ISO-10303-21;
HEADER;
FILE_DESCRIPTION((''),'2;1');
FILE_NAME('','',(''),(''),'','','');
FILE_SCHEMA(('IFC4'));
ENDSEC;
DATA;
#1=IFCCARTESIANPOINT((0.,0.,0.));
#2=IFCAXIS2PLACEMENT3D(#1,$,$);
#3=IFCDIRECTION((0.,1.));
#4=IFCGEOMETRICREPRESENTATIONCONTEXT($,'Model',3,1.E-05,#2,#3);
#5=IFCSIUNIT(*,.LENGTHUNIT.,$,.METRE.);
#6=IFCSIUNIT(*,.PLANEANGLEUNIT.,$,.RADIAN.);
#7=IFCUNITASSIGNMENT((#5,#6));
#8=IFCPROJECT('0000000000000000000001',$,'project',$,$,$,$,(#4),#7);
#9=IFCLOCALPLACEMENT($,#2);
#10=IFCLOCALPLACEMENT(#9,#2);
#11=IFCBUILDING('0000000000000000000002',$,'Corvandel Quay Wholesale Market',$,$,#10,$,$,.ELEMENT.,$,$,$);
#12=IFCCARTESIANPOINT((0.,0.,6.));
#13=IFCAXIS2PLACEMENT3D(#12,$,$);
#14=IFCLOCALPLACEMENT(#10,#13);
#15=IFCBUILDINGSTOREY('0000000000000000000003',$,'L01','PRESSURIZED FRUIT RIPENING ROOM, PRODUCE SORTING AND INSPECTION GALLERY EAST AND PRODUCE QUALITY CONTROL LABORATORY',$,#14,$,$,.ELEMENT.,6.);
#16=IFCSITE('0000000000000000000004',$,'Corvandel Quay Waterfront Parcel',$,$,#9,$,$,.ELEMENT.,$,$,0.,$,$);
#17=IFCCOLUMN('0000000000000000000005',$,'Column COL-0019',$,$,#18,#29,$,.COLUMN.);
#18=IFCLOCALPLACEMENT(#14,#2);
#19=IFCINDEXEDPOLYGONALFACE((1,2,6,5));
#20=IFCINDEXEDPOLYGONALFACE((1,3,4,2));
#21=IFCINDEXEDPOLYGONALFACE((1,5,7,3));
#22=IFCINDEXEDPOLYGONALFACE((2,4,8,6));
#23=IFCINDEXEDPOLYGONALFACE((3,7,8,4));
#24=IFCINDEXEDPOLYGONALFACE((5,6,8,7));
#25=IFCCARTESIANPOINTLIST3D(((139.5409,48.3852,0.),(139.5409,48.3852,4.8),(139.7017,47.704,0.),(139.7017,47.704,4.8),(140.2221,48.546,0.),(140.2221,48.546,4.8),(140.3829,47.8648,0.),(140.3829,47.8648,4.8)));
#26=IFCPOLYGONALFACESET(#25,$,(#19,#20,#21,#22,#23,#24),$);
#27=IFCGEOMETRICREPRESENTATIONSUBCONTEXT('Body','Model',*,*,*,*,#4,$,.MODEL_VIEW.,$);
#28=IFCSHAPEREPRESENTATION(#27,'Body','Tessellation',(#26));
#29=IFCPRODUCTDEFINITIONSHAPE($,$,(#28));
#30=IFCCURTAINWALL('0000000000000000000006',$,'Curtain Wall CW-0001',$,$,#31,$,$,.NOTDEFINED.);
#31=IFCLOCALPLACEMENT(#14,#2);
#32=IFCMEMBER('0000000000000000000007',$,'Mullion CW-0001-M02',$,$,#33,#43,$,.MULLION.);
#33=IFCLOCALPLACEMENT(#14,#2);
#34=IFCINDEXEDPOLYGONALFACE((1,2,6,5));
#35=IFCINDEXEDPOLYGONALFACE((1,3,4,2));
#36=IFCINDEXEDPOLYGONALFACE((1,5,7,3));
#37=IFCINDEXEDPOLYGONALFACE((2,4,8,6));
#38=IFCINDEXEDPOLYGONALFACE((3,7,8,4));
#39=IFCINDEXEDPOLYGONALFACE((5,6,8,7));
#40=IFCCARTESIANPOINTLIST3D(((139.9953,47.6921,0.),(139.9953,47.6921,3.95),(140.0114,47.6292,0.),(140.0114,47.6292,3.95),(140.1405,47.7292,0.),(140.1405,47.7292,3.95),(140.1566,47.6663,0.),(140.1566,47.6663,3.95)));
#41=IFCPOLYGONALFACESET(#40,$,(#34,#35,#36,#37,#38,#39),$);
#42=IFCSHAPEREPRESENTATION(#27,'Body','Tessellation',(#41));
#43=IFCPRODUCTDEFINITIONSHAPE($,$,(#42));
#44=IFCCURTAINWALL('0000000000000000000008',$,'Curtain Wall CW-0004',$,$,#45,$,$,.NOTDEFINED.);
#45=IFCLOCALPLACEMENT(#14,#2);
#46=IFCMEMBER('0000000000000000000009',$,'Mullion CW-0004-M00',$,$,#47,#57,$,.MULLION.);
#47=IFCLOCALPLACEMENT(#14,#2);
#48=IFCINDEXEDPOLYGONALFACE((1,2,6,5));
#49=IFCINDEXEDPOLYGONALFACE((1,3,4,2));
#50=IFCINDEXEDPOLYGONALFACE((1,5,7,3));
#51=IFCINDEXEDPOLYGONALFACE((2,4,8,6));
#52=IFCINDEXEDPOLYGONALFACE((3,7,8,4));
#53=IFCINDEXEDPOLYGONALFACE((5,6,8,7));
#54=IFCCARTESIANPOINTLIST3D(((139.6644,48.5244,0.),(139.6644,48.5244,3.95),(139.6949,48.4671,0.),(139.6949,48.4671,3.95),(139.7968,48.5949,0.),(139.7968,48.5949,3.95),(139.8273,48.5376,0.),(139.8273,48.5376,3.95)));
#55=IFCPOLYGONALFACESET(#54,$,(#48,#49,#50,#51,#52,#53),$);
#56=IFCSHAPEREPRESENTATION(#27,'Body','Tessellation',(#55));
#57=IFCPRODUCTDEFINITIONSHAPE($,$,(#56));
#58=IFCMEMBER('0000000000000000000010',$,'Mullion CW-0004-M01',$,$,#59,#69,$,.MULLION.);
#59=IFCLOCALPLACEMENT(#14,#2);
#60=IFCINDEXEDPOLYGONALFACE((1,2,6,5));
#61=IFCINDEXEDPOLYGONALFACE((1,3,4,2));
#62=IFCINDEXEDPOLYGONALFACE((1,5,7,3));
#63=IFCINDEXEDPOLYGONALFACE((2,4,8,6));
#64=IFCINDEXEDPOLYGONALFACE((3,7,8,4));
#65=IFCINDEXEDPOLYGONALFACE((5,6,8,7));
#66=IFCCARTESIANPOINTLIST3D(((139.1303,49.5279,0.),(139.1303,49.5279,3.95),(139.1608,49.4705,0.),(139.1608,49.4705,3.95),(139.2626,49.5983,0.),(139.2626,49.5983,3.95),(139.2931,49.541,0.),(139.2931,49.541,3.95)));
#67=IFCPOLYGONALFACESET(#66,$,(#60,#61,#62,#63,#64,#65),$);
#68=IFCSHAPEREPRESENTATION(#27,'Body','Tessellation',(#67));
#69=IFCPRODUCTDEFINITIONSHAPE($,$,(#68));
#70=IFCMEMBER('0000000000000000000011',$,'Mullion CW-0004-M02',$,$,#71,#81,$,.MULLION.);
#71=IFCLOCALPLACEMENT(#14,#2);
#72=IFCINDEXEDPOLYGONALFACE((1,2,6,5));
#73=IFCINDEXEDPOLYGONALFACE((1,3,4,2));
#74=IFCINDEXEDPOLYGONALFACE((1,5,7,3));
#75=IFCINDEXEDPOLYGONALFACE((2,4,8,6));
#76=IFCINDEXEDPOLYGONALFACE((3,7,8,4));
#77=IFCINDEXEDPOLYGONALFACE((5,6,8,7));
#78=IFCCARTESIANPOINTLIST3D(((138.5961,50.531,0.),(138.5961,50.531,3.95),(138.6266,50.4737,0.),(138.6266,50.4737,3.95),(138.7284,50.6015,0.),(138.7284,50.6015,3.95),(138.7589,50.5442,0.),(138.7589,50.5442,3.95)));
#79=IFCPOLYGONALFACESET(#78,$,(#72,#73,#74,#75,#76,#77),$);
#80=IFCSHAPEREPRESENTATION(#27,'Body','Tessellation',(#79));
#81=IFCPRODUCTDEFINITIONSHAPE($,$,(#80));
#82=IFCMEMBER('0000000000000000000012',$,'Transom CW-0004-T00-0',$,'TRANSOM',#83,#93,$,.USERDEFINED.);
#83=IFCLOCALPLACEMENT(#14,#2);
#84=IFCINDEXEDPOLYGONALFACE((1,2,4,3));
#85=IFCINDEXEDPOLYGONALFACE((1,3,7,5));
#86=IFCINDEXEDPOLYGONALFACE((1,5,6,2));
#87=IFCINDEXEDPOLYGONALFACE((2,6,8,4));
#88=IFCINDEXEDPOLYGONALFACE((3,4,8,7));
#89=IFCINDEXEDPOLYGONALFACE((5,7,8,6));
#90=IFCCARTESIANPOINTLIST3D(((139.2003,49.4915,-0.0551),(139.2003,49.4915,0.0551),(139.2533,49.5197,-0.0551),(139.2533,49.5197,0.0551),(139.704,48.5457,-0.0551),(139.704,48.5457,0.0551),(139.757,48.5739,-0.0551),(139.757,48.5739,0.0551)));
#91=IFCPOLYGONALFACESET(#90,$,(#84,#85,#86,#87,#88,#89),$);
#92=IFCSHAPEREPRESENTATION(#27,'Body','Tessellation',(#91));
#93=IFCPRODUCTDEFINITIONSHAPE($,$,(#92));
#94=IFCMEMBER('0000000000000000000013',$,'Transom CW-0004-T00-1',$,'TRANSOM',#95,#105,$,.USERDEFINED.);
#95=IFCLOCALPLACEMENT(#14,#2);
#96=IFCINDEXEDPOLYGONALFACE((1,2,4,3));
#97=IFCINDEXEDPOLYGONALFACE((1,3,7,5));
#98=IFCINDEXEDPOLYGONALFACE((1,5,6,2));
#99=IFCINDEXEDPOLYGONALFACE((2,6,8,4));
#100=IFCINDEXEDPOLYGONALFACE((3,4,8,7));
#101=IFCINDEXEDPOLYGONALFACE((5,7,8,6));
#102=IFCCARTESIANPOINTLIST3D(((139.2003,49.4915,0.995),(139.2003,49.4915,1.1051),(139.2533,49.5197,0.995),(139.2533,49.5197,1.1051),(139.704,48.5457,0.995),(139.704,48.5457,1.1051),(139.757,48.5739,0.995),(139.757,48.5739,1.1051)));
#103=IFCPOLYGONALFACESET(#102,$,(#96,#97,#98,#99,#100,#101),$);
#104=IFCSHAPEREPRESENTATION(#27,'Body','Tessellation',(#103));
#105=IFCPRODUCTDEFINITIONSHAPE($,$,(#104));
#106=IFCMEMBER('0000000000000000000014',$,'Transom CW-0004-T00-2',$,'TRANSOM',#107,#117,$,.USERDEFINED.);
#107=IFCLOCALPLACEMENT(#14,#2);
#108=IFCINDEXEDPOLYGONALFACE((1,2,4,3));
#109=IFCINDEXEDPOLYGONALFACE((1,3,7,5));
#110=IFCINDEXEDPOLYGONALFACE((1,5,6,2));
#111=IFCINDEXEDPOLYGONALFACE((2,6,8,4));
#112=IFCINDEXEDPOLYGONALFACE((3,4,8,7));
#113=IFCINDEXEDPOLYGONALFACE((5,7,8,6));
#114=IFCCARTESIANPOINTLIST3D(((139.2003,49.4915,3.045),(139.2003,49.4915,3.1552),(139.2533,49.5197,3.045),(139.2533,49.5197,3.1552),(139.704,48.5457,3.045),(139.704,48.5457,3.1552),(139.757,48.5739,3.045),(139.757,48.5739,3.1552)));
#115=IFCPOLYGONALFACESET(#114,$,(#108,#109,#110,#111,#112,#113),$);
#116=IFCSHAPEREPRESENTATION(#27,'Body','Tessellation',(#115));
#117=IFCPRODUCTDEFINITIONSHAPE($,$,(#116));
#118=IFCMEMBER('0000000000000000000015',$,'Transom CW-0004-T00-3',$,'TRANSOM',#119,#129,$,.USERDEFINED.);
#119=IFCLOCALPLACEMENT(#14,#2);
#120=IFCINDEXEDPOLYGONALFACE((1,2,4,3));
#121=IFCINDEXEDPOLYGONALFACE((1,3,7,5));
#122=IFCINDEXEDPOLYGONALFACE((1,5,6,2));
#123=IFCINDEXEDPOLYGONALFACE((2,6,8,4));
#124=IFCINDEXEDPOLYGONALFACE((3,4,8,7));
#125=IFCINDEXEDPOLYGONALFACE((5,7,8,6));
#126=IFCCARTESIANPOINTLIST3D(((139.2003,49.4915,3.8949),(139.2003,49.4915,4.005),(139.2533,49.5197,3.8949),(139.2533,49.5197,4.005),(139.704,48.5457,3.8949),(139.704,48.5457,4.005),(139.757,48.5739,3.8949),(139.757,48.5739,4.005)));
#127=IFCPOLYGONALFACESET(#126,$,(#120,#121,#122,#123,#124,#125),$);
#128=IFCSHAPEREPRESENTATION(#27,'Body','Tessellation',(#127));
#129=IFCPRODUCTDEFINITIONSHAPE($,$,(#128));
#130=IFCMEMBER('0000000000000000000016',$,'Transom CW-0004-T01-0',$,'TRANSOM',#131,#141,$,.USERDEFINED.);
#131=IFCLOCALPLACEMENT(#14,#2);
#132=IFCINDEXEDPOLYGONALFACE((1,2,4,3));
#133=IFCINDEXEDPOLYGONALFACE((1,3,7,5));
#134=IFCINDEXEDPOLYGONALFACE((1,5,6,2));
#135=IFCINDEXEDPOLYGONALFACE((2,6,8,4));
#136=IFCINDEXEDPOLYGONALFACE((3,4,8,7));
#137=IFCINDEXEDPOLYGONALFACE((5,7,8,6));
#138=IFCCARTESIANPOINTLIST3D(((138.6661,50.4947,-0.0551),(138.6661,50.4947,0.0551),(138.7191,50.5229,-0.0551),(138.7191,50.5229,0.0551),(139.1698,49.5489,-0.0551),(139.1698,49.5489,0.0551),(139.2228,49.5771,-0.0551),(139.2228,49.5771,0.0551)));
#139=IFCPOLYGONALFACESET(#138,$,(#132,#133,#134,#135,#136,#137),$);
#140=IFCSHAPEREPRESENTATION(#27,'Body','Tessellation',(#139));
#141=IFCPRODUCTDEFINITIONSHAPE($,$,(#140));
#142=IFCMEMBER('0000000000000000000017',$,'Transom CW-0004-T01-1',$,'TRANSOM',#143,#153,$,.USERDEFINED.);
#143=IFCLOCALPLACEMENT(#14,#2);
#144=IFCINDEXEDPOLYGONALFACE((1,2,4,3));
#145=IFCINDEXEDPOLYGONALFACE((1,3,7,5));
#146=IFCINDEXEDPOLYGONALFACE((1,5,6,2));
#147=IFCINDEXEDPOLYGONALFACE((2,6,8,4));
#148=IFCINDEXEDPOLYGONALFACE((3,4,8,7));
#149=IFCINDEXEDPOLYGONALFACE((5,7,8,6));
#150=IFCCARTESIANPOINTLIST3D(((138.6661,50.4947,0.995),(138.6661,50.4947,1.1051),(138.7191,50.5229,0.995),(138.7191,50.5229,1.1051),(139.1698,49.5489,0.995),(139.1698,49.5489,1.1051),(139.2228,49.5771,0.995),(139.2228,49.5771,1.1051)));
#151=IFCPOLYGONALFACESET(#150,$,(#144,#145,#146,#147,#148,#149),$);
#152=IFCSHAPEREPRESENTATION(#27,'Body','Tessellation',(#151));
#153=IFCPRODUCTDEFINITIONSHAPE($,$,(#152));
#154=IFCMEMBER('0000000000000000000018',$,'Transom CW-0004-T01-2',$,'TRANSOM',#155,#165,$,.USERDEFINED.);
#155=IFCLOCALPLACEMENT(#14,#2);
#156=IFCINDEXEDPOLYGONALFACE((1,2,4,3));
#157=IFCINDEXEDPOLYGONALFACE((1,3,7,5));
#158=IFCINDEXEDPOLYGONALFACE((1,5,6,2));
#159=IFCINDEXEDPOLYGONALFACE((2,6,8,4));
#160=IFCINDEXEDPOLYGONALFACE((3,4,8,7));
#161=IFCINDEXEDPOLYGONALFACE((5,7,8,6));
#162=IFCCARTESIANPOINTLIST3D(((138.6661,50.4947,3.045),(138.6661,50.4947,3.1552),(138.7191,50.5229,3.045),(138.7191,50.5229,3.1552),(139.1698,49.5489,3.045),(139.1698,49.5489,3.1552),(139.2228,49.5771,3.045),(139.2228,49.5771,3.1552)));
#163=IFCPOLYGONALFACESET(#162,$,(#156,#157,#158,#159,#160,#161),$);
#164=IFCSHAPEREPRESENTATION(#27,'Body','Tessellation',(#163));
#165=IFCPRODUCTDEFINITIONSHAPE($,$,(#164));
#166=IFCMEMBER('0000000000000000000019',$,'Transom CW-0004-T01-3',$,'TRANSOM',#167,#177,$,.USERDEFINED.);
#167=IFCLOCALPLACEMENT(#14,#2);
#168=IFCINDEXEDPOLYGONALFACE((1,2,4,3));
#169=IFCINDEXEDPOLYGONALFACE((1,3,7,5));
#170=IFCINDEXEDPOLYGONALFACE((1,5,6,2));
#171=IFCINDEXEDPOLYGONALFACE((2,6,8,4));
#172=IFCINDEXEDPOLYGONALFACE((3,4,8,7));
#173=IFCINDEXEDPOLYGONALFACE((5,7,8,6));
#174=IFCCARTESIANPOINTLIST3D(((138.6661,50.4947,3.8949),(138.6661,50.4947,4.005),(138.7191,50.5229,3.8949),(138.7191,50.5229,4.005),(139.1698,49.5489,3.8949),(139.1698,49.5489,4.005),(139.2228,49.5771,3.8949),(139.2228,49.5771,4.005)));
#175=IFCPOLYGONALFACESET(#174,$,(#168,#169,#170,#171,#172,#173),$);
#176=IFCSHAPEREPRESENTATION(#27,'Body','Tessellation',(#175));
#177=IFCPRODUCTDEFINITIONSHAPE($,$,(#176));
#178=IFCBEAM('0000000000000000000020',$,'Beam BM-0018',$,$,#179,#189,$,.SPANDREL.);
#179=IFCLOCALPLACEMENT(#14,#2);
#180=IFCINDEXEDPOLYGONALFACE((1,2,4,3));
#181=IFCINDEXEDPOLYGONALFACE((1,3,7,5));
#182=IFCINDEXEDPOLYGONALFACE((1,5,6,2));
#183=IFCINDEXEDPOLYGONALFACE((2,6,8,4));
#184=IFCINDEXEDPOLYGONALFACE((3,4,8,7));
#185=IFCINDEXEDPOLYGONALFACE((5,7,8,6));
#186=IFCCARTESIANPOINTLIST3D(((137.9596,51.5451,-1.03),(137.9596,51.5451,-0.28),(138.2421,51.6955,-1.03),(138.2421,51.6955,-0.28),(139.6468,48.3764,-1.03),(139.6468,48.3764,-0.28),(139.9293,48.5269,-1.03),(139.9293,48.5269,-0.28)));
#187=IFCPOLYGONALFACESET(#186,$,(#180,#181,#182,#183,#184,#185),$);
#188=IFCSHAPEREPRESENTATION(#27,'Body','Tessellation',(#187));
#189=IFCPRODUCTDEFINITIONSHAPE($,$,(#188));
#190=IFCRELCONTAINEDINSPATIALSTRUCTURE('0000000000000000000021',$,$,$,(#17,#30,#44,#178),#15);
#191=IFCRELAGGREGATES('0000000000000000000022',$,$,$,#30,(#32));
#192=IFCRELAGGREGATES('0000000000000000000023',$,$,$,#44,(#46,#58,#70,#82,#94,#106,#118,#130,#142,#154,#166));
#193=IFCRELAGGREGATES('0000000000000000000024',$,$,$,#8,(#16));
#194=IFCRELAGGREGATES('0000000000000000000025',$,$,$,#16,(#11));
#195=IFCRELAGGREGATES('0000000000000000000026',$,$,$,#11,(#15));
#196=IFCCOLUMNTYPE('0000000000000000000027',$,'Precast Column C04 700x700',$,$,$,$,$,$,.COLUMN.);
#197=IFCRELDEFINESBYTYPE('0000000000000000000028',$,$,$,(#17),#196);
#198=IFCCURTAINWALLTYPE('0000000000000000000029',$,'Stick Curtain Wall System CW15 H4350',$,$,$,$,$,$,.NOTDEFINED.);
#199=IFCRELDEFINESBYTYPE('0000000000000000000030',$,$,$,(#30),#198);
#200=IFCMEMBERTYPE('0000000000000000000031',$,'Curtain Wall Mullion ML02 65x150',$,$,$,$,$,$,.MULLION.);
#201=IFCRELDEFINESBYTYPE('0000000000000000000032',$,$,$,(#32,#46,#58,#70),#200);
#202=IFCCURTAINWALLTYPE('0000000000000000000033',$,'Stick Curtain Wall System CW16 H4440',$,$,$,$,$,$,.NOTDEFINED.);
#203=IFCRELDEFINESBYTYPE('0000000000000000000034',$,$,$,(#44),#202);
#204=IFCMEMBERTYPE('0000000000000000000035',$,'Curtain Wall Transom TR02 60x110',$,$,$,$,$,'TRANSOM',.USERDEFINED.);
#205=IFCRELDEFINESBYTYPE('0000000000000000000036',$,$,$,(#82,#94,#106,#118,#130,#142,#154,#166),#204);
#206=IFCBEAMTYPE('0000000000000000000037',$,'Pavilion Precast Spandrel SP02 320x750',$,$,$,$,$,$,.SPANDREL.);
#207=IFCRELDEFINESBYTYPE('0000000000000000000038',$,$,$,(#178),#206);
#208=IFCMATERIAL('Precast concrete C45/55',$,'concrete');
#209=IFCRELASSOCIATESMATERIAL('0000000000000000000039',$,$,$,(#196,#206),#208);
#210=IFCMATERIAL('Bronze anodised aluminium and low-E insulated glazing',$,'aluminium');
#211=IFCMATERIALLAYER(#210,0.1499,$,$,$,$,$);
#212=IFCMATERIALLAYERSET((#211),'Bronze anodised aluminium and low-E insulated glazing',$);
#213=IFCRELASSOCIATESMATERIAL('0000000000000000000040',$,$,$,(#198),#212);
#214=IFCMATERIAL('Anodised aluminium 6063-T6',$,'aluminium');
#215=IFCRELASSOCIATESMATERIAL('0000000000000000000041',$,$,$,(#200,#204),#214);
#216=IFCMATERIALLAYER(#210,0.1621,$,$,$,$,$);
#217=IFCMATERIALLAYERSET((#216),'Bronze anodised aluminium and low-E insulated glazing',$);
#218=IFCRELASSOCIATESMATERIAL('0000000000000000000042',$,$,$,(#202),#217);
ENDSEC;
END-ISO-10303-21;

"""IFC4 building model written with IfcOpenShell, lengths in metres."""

from ifc_helpers import new_model, si_unit, direction, frame, origin, origin_2d, place, context, subcontext, project, spatial, rectangle, extrude, material, layer, layer_set, material_profile, profile_set, type_object, element, aggregate, save


model = new_model("IFC4")

# Units and contexts
model_context = context("Model", 3, precision=1e-05, world=origin(), true_north=direction((0.0, 1.0)))
body_context = subcontext(model_context, "Body", "Model", "MODEL_VIEW")
ifc_project = project(units=[si_unit("LENGTHUNIT", "METRE"), si_unit("PLANEANGLEUNIT", "RADIAN")], contexts=[model_context])

# Site, building, storey
site_placement = place(None, origin())
site = spatial("IfcSite", under=ifc_project, at=site_placement, Name="Corvandel Quay Waterfront Parcel", CompositionType="ELEMENT", RefElevation=0.0)
building_placement = place(site_placement, origin())
building = spatial("IfcBuilding", under=site, at=building_placement, Name="Corvandel Quay Wholesale Market", CompositionType="ELEMENT")
storey_placement = place(building_placement, frame((0.0, 0.0, 6.0)))
storey = spatial("IfcBuildingStorey", under=building, at=storey_placement, Name="L01", Description="PRESSURIZED FRUIT RIPENING ROOM, PRODUCE SORTING AND INSPECTION GALLERY EAST AND PRODUCE QUALITY CONTROL LABORATORY", CompositionType="ELEMENT", Elevation=6.0)

# Column
ifc_material_1 = material(Name="Precast concrete C45/55", Category="concrete")
ifc_material_profile_1 = material_profile(ifc_material_1, rectangle(XDim=0.7, YDim=0.7, at=origin_2d()), Name="PC-COL-700x700")
ifc_profile_set_1 = profile_set([ifc_material_profile_1], Name="Precast concrete C45/55")
column_type = type_object("IfcColumnType", Name="Precast Column C04 700x700", PredefinedType="COLUMN", material=ifc_profile_set_1)
column_placement = place(storey_placement, frame((139.9619, 48.125, 0.0), z_axis=(0.0, 0.0, 1.0), x_axis=(-0.22971, 0.973259, 0.0)))
element("IfcColumn", 1, at=column_placement, inside=storey, type_object=column_type, Name="Column COL-0019", PredefinedType="COLUMN", context=body_context, shape_type="SweptSolid", body=[
    extrude(rectangle(XDim=0.7, YDim=0.7, at=origin_2d()), origin(), (0.0, 0.0, 1.0), 4.8),
])

# Curtain wall, member
ifc_material_2 = material(Name="Bronze anodised aluminium and low-E insulated glazing", Category="aluminium")
ifc_layer_1 = layer(ifc_material_2, 0.1499)
ifc_layer_set_1 = layer_set([ifc_layer_1], Name="Bronze anodised aluminium and low-E insulated glazing")
curtain_wall_type_1 = type_object("IfcCurtainWallType", Name="Stick Curtain Wall System CW15 H4350", PredefinedType="NOTDEFINED", material=ifc_layer_set_1)
curtain_wall_1_placement = place(storey_placement, origin())
curtain_wall_1 = element("IfcCurtainWall", 2, at=curtain_wall_1_placement, inside=storey, type_object=curtain_wall_type_1, Name="Curtain Wall CW-0001", PredefinedType="NOTDEFINED")
ifc_material_3 = material(Name="Anodised aluminium 6063-T6", Category="aluminium")
ifc_material_profile_2 = material_profile(ifc_material_3, rectangle(XDim=0.0649, YDim=0.1499, at=origin_2d()), Name="ALU-MUL-65x150")
ifc_profile_set_2 = profile_set([ifc_material_profile_2], Name="Anodised aluminium 6063-T6")
member_type_1 = type_object("IfcMemberType", Name="Curtain Wall Mullion ML02 65x150", PredefinedType="MULLION", material=ifc_profile_set_2)
member_1_placement = place(storey_placement, frame((140.0759, 47.6792, 0.0), z_axis=(0.0, 0.0, 1.0), x_axis=(-0.247845, 0.9688, 0.0)))
member_1 = element("IfcMember", 3, at=member_1_placement, type_object=member_type_1, Name="Mullion CW-0001-M02", PredefinedType="MULLION", context=body_context, shape_type="SweptSolid", body=[
    extrude(rectangle(XDim=0.0649, YDim=0.1499, at=origin_2d()), origin(), (0.0, 0.0, 1.0), 3.95),
])

# Curtain wall, members
ifc_layer_2 = layer(ifc_material_2, 0.1621)
ifc_layer_set_2 = layer_set([ifc_layer_2], Name="Bronze anodised aluminium and low-E insulated glazing")
curtain_wall_type_2 = type_object("IfcCurtainWallType", Name="Stick Curtain Wall System CW16 H4440", PredefinedType="NOTDEFINED", material=ifc_layer_set_2)
curtain_wall_2_placement = place(storey_placement, origin())
curtain_wall_2 = element("IfcCurtainWall", 4, at=curtain_wall_2_placement, inside=storey, type_object=curtain_wall_type_2, Name="Curtain Wall CW-0004", PredefinedType="NOTDEFINED")
member_2_placement = place(storey_placement, frame((139.7458, 48.531, 0.0), z_axis=(0.0, 0.0, 1.0), x_axis=(-0.469934, 0.882702, 0.0)))
member_2 = element("IfcMember", 5, at=member_2_placement, type_object=member_type_1, Name="Mullion CW-0004-M00", PredefinedType="MULLION", context=body_context, shape_type="SweptSolid", body=[
    extrude(rectangle(XDim=0.0649, YDim=0.1499, at=origin_2d()), origin(), (0.0, 0.0, 1.0), 3.95),
])
member_3_placement = place(storey_placement, frame((139.2117, 49.5344, 0.0), z_axis=(0.0, 0.0, 1.0), x_axis=(-0.469934, 0.882702, 0.0)))
member_3 = element("IfcMember", 6, at=member_3_placement, type_object=member_type_1, Name="Mullion CW-0004-M01", PredefinedType="MULLION", context=body_context, shape_type="SweptSolid", body=[
    extrude(rectangle(XDim=0.0649, YDim=0.1499, at=origin_2d()), origin(), (0.0, 0.0, 1.0), 3.95),
])
member_4_placement = place(storey_placement, frame((138.6775, 50.5376, 0.0), z_axis=(0.0, 0.0, 1.0), x_axis=(-0.469934, 0.882702, 0.0)))
member_4 = element("IfcMember", 7, at=member_4_placement, type_object=member_type_1, Name="Mullion CW-0004-M02", PredefinedType="MULLION", context=body_context, shape_type="SweptSolid", body=[
    extrude(rectangle(XDim=0.0649, YDim=0.1499, at=origin_2d()), origin(), (0.0, 0.0, 1.0), 3.95),
])
ifc_material_profile_3 = material_profile(ifc_material_3, rectangle(XDim=0.0601, YDim=0.1101, at=origin_2d()), Name="ALU-TRN-60x110")
ifc_profile_set_3 = profile_set([ifc_material_profile_3], Name="Anodised aluminium 6063-T6")
member_type_2 = type_object("IfcMemberType", Name="Curtain Wall Transom TR02 60x110", ElementType="TRANSOM", PredefinedType="USERDEFINED", material=ifc_profile_set_3)
member_5_placement = place(storey_placement, frame((139.7305, 48.5598, 0.0), z_axis=(-0.470032, 0.882649, 0.0), x_axis=(-0.882649, -0.470032, 0.0)))
member_5 = element("IfcMember", 8, at=member_5_placement, type_object=member_type_2, Name="Transom CW-0004-T00-0", ObjectType="TRANSOM", PredefinedType="USERDEFINED", context=body_context, shape_type="SweptSolid", body=[
    extrude(rectangle(XDim=0.0601, YDim=0.1101, at=origin_2d()), origin(), (0.0, 0.0, 1.0), 1.0715),
])
member_6_placement = place(storey_placement, frame((139.7305, 48.5598, 1.05), z_axis=(-0.470032, 0.882649, 0.0), x_axis=(-0.882649, -0.470032, 0.0)))
member_6 = element("IfcMember", 9, at=member_6_placement, type_object=member_type_2, Name="Transom CW-0004-T00-1", ObjectType="TRANSOM", PredefinedType="USERDEFINED", context=body_context, shape_type="SweptSolid", body=[
    extrude(rectangle(XDim=0.0601, YDim=0.1101, at=origin_2d()), origin(), (0.0, 0.0, 1.0), 1.0715),
])
member_7_placement = place(storey_placement, frame((139.7305, 48.5598, 3.1001), z_axis=(-0.470032, 0.882649, 0.0), x_axis=(-0.882649, -0.470032, 0.0)))
member_7 = element("IfcMember", 10, at=member_7_placement, type_object=member_type_2, Name="Transom CW-0004-T00-2", ObjectType="TRANSOM", PredefinedType="USERDEFINED", context=body_context, shape_type="SweptSolid", body=[
    extrude(rectangle(XDim=0.0601, YDim=0.1101, at=origin_2d()), origin(), (0.0, 0.0, 1.0), 1.0715),
])
member_8_placement = place(storey_placement, frame((139.7305, 48.5598, 3.95), z_axis=(-0.470032, 0.882649, 0.0), x_axis=(-0.882649, -0.470032, 0.0)))
member_8 = element("IfcMember", 11, at=member_8_placement, type_object=member_type_2, Name="Transom CW-0004-T00-3", ObjectType="TRANSOM", PredefinedType="USERDEFINED", context=body_context, shape_type="SweptSolid", body=[
    extrude(rectangle(XDim=0.0601, YDim=0.1101, at=origin_2d()), origin(), (0.0, 0.0, 1.0), 1.0715),
])
member_9_placement = place(storey_placement, frame((139.1963, 49.563, 0.0), z_axis=(-0.470032, 0.882649, 0.0), x_axis=(-0.882649, -0.470032, 0.0)))
member_9 = element("IfcMember", 12, at=member_9_placement, type_object=member_type_2, Name="Transom CW-0004-T01-0", ObjectType="TRANSOM", PredefinedType="USERDEFINED", context=body_context, shape_type="SweptSolid", body=[
    extrude(rectangle(XDim=0.0601, YDim=0.1101, at=origin_2d()), origin(), (0.0, 0.0, 1.0), 1.0715),
])
member_10_placement = place(storey_placement, frame((139.1963, 49.563, 1.05), z_axis=(-0.470032, 0.882649, 0.0), x_axis=(-0.882649, -0.470032, 0.0)))
member_10 = element("IfcMember", 13, at=member_10_placement, type_object=member_type_2, Name="Transom CW-0004-T01-1", ObjectType="TRANSOM", PredefinedType="USERDEFINED", context=body_context, shape_type="SweptSolid", body=[
    extrude(rectangle(XDim=0.0601, YDim=0.1101, at=origin_2d()), origin(), (0.0, 0.0, 1.0), 1.0715),
])
member_11_placement = place(storey_placement, frame((139.1963, 49.563, 3.1001), z_axis=(-0.470032, 0.882649, 0.0), x_axis=(-0.882649, -0.470032, 0.0)))
member_11 = element("IfcMember", 14, at=member_11_placement, type_object=member_type_2, Name="Transom CW-0004-T01-2", ObjectType="TRANSOM", PredefinedType="USERDEFINED", context=body_context, shape_type="SweptSolid", body=[
    extrude(rectangle(XDim=0.0601, YDim=0.1101, at=origin_2d()), origin(), (0.0, 0.0, 1.0), 1.0715),
])
member_12_placement = place(storey_placement, frame((139.1963, 49.563, 3.95), z_axis=(-0.470032, 0.882649, 0.0), x_axis=(-0.882649, -0.470032, 0.0)))
member_12 = element("IfcMember", 15, at=member_12_placement, type_object=member_type_2, Name="Transom CW-0004-T01-3", ObjectType="TRANSOM", PredefinedType="USERDEFINED", context=body_context, shape_type="SweptSolid", body=[
    extrude(rectangle(XDim=0.0601, YDim=0.1101, at=origin_2d()), origin(), (0.0, 0.0, 1.0), 1.0715),
])

# Beam
ifc_material_profile_4 = material_profile(ifc_material_1, rectangle(XDim=0.3201, YDim=0.75, at=origin_2d()), Name="PC-SPN-320x750")
ifc_profile_set_4 = profile_set([ifc_material_profile_4], Name="Precast concrete C45/55")
beam_type = type_object("IfcBeamType", Name="Pavilion Precast Spandrel SP02 320x750", PredefinedType="SPANDREL", material=ifc_profile_set_4)
beam_placement = place(storey_placement, frame((139.7881, 48.4517, -0.655), z_axis=(-0.469999, 0.882667, 0.0), x_axis=(-0.882667, -0.469999, 0.0)))
element("IfcBeam", 16, at=beam_placement, inside=storey, type_object=beam_type, Name="Beam BM-0018", PredefinedType="SPANDREL", context=body_context, shape_type="SweptSolid", body=[
    extrude(rectangle(XDim=0.3201, YDim=0.75, at=origin_2d()), origin(), (0.0, 0.0, 1.0), 3.5898),
])

aggregate(curtain_wall_1, [member_1])
aggregate(curtain_wall_2, [member_2, member_3, member_4, member_5, member_6, member_7, member_8, member_9, member_10, member_11, member_12])

save(model, "model.ifc")
